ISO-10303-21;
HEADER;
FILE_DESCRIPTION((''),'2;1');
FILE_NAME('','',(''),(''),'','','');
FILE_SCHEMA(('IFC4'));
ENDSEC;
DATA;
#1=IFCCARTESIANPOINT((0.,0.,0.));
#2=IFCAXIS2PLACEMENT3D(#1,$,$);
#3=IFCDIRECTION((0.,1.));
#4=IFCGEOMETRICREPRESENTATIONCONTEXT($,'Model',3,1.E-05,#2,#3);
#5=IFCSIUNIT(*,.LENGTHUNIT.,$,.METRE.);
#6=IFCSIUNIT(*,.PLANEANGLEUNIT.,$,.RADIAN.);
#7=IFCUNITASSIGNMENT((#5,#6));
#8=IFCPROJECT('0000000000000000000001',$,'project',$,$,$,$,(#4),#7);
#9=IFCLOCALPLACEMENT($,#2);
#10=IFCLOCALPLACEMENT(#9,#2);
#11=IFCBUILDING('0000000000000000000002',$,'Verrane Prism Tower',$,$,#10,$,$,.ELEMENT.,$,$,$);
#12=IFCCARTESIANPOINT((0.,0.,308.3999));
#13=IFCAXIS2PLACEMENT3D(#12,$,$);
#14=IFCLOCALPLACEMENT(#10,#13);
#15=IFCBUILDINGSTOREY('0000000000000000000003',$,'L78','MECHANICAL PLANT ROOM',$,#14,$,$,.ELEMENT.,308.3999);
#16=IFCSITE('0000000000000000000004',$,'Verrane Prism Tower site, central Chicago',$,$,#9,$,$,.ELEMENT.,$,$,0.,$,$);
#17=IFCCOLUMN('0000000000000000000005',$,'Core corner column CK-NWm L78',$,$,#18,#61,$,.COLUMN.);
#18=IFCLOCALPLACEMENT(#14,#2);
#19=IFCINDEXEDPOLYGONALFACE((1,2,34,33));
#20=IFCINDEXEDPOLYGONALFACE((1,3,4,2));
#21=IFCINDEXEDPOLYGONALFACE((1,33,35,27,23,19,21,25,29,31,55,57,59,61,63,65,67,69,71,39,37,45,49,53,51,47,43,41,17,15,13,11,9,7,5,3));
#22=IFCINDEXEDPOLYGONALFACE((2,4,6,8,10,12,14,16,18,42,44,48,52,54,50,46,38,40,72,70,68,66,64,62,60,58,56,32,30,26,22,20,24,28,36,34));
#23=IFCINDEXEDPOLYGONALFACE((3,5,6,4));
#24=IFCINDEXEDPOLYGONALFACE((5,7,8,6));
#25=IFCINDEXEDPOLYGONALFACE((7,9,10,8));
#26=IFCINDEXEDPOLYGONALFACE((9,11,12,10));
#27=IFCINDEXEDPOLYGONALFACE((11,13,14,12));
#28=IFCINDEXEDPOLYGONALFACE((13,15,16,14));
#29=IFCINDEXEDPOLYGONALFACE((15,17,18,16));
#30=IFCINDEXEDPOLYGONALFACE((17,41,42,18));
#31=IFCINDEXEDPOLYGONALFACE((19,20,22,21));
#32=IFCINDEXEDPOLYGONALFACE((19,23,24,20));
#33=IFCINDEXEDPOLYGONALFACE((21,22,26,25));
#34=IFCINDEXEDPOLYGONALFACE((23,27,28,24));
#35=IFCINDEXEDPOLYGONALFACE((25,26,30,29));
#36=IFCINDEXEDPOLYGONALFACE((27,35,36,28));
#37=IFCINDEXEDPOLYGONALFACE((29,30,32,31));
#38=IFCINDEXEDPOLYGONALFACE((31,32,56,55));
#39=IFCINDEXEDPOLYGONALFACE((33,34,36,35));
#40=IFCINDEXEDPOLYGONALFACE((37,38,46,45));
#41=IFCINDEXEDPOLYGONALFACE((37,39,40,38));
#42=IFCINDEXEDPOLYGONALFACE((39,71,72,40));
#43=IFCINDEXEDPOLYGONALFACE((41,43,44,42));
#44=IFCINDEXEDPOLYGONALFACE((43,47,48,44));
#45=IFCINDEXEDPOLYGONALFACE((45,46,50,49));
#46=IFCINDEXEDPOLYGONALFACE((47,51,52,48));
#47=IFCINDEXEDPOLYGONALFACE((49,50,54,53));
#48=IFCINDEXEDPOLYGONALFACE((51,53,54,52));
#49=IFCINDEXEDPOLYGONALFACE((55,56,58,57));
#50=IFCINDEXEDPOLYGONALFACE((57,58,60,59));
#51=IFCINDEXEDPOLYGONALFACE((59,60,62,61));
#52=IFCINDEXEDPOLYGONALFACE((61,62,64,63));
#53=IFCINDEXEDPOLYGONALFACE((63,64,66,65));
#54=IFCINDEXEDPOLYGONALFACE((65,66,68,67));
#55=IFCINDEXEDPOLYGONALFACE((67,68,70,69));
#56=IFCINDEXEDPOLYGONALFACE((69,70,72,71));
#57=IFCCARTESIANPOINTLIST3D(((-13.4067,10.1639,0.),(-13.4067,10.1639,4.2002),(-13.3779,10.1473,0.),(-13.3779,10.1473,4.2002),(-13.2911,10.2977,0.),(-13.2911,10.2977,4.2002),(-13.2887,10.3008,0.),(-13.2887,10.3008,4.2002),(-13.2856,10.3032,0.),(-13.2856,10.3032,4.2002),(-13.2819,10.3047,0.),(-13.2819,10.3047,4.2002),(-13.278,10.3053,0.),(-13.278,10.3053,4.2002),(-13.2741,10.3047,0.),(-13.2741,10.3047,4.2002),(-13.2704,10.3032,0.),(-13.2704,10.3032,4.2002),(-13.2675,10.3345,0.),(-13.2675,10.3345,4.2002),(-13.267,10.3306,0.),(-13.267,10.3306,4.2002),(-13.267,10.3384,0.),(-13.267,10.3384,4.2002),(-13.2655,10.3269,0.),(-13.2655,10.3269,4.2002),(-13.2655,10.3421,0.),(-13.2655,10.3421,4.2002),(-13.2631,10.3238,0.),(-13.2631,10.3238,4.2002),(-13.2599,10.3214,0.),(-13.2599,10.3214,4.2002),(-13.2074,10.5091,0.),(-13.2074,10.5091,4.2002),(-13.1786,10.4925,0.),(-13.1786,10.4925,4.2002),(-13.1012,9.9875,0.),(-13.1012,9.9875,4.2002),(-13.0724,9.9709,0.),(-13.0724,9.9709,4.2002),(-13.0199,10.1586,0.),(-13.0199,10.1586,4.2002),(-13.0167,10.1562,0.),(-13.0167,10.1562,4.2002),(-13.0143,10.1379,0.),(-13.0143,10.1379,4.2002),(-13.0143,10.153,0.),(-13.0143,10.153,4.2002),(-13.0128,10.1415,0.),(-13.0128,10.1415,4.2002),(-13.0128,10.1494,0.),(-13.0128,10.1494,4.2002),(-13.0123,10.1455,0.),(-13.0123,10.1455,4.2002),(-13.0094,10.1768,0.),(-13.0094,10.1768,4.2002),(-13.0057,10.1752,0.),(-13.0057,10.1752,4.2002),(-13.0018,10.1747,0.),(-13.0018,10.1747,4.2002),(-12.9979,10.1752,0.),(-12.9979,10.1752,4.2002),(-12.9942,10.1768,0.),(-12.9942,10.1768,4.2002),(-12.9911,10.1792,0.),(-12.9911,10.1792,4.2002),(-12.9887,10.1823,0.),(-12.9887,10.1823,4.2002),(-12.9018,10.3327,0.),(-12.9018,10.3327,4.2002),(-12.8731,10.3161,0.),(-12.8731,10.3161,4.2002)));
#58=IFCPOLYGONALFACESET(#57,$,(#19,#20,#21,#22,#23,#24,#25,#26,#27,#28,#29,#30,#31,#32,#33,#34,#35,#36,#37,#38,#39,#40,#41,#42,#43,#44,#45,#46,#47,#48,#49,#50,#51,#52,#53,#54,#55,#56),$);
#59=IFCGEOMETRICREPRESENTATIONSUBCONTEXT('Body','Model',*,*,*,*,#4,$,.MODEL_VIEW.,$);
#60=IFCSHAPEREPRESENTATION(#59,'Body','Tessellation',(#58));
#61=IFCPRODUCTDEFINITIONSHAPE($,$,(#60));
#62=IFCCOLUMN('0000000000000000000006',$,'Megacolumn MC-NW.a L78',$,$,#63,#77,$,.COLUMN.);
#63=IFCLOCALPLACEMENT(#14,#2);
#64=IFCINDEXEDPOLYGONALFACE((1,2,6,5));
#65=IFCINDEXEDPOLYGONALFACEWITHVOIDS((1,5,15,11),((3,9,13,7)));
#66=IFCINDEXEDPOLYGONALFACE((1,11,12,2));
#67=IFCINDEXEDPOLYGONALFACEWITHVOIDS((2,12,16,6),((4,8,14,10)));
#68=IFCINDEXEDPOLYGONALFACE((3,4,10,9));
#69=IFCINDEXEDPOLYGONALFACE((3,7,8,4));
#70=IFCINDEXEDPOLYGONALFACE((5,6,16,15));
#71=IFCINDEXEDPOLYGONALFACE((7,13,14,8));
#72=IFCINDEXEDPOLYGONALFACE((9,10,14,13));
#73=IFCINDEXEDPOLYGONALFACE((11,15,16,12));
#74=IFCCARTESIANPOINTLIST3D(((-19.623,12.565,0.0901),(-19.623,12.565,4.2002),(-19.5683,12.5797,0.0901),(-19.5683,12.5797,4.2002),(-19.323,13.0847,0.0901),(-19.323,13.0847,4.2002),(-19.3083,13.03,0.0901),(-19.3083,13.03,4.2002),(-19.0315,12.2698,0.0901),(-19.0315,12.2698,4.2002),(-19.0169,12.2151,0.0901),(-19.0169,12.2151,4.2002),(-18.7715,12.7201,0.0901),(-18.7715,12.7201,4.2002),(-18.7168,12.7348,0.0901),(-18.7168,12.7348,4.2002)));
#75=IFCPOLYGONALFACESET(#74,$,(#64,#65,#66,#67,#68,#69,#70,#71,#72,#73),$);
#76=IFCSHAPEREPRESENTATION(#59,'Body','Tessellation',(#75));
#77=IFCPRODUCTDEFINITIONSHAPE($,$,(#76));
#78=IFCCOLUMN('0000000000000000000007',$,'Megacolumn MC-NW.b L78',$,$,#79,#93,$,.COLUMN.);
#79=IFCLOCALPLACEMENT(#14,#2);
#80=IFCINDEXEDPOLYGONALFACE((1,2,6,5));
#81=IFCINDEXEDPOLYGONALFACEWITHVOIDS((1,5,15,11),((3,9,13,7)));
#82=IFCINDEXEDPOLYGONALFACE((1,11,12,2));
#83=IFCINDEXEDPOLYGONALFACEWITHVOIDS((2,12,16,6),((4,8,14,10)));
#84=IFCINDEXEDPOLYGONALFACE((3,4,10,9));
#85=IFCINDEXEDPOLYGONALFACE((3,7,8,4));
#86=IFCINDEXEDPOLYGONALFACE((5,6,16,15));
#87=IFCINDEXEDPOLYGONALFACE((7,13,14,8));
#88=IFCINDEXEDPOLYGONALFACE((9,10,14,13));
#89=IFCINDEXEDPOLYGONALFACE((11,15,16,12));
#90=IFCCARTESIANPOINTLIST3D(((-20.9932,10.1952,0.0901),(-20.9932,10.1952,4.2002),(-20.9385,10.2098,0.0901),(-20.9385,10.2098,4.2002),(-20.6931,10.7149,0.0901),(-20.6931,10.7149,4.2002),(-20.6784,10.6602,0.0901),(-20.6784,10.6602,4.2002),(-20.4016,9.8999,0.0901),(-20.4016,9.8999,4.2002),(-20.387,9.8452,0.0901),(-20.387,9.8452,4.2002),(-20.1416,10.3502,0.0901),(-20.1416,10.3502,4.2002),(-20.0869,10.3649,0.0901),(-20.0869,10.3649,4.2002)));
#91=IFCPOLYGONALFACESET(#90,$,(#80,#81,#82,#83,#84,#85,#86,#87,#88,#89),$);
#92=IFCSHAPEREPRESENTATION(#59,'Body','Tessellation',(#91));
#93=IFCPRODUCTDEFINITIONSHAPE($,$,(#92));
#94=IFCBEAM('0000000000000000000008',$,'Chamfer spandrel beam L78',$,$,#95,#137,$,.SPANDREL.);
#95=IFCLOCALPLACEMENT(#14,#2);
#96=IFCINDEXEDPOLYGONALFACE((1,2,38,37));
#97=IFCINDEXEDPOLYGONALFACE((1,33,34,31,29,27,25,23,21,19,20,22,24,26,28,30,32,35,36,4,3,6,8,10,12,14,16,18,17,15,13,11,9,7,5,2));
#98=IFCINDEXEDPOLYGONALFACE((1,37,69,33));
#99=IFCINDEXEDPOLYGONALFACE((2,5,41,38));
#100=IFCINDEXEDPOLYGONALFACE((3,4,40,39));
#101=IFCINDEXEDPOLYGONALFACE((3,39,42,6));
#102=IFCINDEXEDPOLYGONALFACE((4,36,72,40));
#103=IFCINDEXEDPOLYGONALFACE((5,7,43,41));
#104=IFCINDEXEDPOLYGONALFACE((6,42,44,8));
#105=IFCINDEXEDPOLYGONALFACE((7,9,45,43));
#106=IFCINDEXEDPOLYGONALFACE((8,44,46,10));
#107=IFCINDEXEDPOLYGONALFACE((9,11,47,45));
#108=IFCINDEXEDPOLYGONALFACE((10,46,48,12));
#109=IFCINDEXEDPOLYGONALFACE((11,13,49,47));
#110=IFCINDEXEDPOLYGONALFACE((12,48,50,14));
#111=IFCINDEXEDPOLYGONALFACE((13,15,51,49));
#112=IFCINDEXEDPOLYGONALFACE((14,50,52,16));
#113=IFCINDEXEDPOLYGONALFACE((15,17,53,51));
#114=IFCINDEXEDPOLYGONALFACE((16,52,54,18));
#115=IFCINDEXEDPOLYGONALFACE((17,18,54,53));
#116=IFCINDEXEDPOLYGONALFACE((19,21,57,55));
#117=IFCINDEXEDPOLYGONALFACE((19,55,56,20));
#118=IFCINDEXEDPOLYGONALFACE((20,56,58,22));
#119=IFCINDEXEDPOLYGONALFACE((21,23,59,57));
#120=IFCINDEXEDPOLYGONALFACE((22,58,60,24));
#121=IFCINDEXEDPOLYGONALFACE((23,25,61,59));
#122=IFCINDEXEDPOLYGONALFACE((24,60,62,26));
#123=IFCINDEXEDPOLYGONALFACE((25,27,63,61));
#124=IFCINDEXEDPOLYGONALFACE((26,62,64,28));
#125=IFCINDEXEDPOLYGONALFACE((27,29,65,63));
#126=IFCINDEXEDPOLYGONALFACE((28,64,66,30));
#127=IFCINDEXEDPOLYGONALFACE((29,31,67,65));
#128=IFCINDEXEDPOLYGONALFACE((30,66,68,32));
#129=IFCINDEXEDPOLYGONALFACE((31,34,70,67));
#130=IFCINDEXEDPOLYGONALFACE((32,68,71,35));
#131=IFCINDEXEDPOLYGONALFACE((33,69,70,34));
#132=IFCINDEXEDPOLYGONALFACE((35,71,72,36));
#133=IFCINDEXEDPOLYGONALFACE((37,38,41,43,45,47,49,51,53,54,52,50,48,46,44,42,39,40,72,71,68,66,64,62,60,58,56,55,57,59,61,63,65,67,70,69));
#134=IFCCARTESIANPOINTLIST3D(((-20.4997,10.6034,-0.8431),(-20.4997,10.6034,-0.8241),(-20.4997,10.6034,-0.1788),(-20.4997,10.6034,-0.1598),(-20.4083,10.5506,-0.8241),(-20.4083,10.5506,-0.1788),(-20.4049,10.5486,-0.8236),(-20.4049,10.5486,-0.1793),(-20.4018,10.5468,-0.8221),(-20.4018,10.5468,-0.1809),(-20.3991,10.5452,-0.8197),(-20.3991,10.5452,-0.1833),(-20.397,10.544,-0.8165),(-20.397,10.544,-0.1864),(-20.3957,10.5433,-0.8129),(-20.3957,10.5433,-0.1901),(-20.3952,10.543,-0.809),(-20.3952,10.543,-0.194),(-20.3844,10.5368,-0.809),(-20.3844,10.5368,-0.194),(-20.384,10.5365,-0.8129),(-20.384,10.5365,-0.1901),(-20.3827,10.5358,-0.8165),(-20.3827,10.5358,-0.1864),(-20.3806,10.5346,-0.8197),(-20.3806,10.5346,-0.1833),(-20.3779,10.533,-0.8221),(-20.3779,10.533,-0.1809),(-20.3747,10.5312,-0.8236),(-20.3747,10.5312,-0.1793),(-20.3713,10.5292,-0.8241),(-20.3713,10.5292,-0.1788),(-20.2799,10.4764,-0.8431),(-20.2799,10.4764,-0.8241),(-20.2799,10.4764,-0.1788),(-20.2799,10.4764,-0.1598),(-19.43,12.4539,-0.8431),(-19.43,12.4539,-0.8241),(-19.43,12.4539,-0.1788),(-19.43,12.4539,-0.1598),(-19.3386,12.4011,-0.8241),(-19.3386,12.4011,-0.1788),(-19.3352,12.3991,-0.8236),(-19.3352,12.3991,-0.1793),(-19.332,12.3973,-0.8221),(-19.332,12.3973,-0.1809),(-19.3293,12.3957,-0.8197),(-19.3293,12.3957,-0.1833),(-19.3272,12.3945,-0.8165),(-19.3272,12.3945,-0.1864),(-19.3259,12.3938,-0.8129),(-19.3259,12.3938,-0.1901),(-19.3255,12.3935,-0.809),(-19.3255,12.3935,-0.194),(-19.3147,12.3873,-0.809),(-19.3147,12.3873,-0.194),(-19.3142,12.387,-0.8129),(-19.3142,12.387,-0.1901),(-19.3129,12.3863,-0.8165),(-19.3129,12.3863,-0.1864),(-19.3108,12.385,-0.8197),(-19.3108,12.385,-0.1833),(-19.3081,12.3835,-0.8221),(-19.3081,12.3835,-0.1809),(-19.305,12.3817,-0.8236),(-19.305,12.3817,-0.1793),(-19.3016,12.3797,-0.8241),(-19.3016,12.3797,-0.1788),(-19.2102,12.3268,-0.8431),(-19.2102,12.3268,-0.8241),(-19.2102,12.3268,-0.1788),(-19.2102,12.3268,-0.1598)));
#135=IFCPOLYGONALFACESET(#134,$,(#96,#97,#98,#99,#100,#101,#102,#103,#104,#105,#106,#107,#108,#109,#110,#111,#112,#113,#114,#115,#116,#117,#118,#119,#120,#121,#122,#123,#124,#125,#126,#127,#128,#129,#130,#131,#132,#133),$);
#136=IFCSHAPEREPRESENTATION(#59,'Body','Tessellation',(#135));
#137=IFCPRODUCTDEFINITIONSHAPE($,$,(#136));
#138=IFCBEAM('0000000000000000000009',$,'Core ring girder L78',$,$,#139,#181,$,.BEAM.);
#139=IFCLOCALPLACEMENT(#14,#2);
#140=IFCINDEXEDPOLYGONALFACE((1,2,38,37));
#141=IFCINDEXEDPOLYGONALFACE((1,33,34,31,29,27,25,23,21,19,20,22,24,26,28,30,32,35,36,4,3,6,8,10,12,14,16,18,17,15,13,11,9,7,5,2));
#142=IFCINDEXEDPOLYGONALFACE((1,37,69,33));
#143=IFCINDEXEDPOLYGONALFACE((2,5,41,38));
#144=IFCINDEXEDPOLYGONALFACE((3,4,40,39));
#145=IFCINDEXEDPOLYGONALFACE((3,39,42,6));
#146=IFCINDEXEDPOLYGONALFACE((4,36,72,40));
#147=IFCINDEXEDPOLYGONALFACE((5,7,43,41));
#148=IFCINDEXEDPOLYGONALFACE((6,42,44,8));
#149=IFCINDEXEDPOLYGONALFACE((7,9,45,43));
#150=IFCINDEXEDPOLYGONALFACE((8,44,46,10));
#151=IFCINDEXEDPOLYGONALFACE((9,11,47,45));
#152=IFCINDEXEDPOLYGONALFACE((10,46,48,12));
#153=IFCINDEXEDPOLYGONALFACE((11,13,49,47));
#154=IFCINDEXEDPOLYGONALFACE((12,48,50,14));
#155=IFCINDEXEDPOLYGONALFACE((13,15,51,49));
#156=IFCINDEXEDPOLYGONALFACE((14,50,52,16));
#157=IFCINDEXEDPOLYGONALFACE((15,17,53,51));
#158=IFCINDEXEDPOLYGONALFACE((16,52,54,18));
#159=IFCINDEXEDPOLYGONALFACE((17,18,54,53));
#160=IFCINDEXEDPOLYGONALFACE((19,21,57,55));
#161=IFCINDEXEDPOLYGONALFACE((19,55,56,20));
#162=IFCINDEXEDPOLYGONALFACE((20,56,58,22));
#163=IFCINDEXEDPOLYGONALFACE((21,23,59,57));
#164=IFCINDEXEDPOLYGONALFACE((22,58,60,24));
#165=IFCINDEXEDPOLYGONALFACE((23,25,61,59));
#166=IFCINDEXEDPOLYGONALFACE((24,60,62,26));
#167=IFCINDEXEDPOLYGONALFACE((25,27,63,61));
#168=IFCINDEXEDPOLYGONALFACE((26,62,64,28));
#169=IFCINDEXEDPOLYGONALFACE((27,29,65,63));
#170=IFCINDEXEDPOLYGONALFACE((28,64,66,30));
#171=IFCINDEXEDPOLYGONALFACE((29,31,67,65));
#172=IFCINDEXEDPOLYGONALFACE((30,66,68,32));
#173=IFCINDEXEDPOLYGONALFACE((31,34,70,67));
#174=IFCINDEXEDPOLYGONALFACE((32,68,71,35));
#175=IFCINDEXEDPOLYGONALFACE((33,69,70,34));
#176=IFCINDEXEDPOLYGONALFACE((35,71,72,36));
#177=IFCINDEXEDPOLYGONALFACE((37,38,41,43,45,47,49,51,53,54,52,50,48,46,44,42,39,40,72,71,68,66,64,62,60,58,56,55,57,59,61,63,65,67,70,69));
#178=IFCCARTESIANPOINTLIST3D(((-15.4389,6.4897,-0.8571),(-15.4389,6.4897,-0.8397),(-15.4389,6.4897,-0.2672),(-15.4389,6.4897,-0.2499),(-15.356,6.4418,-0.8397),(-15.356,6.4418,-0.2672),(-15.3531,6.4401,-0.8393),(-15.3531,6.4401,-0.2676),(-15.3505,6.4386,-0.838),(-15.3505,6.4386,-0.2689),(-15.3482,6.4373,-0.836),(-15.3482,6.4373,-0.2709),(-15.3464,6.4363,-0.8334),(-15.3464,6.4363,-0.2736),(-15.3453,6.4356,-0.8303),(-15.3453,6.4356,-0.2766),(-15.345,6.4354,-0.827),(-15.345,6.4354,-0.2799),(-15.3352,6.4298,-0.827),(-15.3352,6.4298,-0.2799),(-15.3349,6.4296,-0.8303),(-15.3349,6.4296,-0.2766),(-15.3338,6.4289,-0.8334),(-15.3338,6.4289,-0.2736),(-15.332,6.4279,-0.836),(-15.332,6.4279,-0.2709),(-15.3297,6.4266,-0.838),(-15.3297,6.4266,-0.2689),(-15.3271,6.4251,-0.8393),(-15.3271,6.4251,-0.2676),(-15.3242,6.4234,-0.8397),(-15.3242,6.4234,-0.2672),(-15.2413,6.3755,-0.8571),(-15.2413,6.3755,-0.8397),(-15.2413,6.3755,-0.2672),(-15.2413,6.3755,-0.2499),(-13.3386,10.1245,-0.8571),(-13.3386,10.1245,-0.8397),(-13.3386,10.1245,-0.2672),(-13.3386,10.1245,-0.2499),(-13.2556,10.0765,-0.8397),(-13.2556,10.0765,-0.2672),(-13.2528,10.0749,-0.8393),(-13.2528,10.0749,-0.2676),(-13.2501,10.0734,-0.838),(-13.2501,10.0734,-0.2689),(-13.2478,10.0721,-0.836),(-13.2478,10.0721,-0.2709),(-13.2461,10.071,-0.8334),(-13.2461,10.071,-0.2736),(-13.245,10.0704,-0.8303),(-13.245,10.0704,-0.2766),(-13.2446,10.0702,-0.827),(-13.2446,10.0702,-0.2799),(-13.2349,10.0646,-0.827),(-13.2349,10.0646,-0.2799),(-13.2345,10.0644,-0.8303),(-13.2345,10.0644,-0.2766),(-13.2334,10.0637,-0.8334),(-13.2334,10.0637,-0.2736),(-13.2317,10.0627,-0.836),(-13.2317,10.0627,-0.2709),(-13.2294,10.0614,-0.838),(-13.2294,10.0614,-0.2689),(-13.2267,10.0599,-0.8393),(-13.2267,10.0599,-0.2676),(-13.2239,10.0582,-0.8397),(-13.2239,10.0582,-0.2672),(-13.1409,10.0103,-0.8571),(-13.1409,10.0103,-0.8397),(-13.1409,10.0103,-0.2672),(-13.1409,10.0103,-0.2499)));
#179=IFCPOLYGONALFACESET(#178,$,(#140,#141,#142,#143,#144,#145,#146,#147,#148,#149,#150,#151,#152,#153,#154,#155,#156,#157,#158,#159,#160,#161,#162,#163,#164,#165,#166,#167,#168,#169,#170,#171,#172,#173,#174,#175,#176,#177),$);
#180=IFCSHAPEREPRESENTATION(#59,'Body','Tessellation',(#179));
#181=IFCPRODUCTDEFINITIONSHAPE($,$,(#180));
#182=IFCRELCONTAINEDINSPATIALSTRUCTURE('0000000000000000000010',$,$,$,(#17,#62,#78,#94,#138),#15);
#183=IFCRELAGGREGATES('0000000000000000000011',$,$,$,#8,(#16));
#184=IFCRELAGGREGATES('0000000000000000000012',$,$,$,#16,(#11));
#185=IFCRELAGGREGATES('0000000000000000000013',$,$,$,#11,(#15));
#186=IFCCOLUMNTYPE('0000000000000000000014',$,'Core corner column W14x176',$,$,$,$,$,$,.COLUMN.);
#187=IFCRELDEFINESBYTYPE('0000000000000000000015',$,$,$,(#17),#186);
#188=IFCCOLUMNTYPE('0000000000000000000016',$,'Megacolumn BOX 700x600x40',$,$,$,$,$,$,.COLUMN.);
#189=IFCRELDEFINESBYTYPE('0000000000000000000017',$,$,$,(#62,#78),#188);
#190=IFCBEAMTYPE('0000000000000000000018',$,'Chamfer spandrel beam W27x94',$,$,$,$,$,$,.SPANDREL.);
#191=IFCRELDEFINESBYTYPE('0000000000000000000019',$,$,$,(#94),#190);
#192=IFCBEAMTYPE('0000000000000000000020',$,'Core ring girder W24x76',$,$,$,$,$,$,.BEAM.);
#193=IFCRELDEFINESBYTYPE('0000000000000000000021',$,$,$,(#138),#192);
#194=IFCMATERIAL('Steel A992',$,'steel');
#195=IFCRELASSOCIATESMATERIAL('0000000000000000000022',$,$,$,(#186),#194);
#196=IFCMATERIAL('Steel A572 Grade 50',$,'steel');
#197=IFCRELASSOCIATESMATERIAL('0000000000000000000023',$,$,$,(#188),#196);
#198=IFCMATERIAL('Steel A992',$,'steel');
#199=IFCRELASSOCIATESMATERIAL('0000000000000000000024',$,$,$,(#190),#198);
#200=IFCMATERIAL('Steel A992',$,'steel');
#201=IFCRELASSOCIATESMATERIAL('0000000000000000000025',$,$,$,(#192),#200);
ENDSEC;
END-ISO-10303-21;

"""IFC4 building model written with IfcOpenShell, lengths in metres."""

from ifc_helpers import new_model, si_unit, direction, frame, origin, origin_2d, place, context, subcontext, project, spatial, hollow_rectangle, i_section, extrude, material, material_profile, profile_set, type_object, element, save


model = new_model("IFC4")

# Units and contexts
model_context = context("Model", 3, precision=1e-05, world=origin(), true_north=direction((0.0, 1.0)))
body_context = subcontext(model_context, "Body", "Model", "MODEL_VIEW")
ifc_project = project(units=[si_unit("LENGTHUNIT", "METRE"), si_unit("PLANEANGLEUNIT", "RADIAN")], contexts=[model_context])

# Site, building, storey
site_placement = place(None, origin())
site = spatial("IfcSite", under=ifc_project, at=site_placement, Name="Verrane Prism Tower site, central Chicago", CompositionType="ELEMENT", RefElevation=0.0)
building_placement = place(site_placement, origin())
building = spatial("IfcBuilding", under=site, at=building_placement, Name="Verrane Prism Tower", CompositionType="ELEMENT")
storey_placement = place(building_placement, frame((0.0, 0.0, 308.3999)))
storey = spatial("IfcBuildingStorey", under=building, at=storey_placement, Name="L78", Description="MECHANICAL PLANT ROOM", CompositionType="ELEMENT", Elevation=308.3999)

# Columns
ifc_material_1 = material(Name="Steel A992", Category="steel")
ifc_material_profile_1 = material_profile(ifc_material_1, i_section(OverallWidth=0.3987, OverallDepth=0.386, WebThickness=0.021, FlangeThickness=0.0332, FilletRadius=0.0151, at=origin_2d()), Name="W14x176")
ifc_profile_set_1 = profile_set([ifc_material_profile_1], Name="Steel A992")
column_type_1 = type_object("IfcColumnType", Name="Core corner column W14x176", PredefinedType="COLUMN", material=ifc_profile_set_1)
column_placement = place(storey_placement, frame((-13.1399, 10.24, 0.0), z_axis=(0.0, 0.0, 1.0), x_axis=(0.5, 0.866025, 0.0)))
element("IfcColumn", 1, at=column_placement, inside=storey, type_object=column_type_1, Name="Core corner column CK-NWm L78", PredefinedType="COLUMN", context=body_context, shape_type="SweptSolid", body=[
    extrude(i_section(OverallWidth=0.3987, OverallDepth=0.386, WebThickness=0.021, FlangeThickness=0.0332, FilletRadius=0.0151, at=origin_2d()), origin(), (0.0, 0.0, 1.0), 4.2002),
])
ifc_material_2 = material(Name="Steel A572 Grade 50", Category="steel")
ifc_material_profile_2 = material_profile(ifc_material_2, hollow_rectangle(XDim=0.6001, YDim=0.7, WallThickness=0.04, at=origin_2d()), Name="BOX 700x600x40")
ifc_profile_set_2 = profile_set([ifc_material_profile_2], Name="Steel A572 Grade 50")
column_type_2 = type_object("IfcColumnType", Name="Megacolumn BOX 700x600x40", PredefinedType="COLUMN", material=ifc_profile_set_2)
for number, where, z_axis, x_axis, name in (
    (2, (-19.1699, 12.6499, 0.0901), (0.0, 0.0, 1.0), (0.5, 0.866025, 0.0), "Megacolumn MC-NW.a L78"),
    (3, (-20.54, 10.28, 0.0901), (0.0, 0.0, 1.0), (0.5, 0.866025, 0.0), "Megacolumn MC-NW.b L78"),
):
    element("IfcColumn", number, at=place(storey_placement, frame(where, z_axis=z_axis, x_axis=x_axis)), inside=storey, type_object=column_type_2, Name=name, PredefinedType="COLUMN", context=body_context, shape_type="SweptSolid", body=[
        extrude(hollow_rectangle(XDim=0.6001, YDim=0.7, WallThickness=0.04, at=origin_2d()), origin(), (0.0, 0.0, 1.0), 4.1101),
    ])

# Beams
ifc_material_3 = material(Name="Steel A992", Category="steel")
ifc_material_profile_3 = material_profile(ifc_material_3, i_section(OverallWidth=0.2539, OverallDepth=0.6833, WebThickness=0.0125, FlangeThickness=0.019, FilletRadius=0.0151, at=origin_2d()), Name="W27x94")
ifc_profile_set_3 = profile_set([ifc_material_profile_3], Name="Steel A992")
beam_type_1 = type_object("IfcBeamType", Name="Chamfer spandrel beam W27x94", PredefinedType="SPANDREL", material=ifc_profile_set_3)
beam_1_placement = place(storey_placement, frame((-19.3201, 12.3904, -0.5015), z_axis=(-0.500487, -0.865744, 0.0), x_axis=(0.865744, -0.500487, 0.0)))
element("IfcBeam", 4, at=beam_1_placement, inside=storey, type_object=beam_type_1, Name="Chamfer spandrel beam L78", PredefinedType="SPANDREL", context=body_context, shape_type="SweptSolid", body=[
    extrude(i_section(OverallWidth=0.2539, OverallDepth=0.6833, WebThickness=0.0125, FlangeThickness=0.019, FilletRadius=0.0151, at=origin_2d()), origin(), (0.0, 0.0, 1.0), 2.1375),
])
ifc_material_4 = material(Name="Steel A992", Category="steel")
ifc_material_profile_4 = material_profile(ifc_material_4, i_section(OverallWidth=0.2283, OverallDepth=0.6072, WebThickness=0.0112, FlangeThickness=0.0173, FilletRadius=0.0127, at=origin_2d()), Name="W24x76")
ifc_profile_set_4 = profile_set([ifc_material_profile_4], Name="Steel A992")
beam_type_2 = type_object("IfcBeamType", Name="Core ring girder W24x76", PredefinedType="BEAM", material=ifc_profile_set_4)
beam_2_placement = place(storey_placement, frame((-13.2397, 10.0674, -0.5535), z_axis=(-0.500323, -0.865839, 0.0), x_axis=(0.865839, -0.500323, 0.0)))
element("IfcBeam", 5, at=beam_2_placement, inside=storey, type_object=beam_type_2, Name="Core ring girder L78", PredefinedType="BEAM", context=body_context, shape_type="SweptSolid", body=[
    extrude(i_section(OverallWidth=0.2283, OverallDepth=0.6072, WebThickness=0.0112, FlangeThickness=0.0173, FilletRadius=0.0127, at=origin_2d()), origin(), (0.0, 0.0, 1.0), 4.198),
])

save(model, "model.ifc")
